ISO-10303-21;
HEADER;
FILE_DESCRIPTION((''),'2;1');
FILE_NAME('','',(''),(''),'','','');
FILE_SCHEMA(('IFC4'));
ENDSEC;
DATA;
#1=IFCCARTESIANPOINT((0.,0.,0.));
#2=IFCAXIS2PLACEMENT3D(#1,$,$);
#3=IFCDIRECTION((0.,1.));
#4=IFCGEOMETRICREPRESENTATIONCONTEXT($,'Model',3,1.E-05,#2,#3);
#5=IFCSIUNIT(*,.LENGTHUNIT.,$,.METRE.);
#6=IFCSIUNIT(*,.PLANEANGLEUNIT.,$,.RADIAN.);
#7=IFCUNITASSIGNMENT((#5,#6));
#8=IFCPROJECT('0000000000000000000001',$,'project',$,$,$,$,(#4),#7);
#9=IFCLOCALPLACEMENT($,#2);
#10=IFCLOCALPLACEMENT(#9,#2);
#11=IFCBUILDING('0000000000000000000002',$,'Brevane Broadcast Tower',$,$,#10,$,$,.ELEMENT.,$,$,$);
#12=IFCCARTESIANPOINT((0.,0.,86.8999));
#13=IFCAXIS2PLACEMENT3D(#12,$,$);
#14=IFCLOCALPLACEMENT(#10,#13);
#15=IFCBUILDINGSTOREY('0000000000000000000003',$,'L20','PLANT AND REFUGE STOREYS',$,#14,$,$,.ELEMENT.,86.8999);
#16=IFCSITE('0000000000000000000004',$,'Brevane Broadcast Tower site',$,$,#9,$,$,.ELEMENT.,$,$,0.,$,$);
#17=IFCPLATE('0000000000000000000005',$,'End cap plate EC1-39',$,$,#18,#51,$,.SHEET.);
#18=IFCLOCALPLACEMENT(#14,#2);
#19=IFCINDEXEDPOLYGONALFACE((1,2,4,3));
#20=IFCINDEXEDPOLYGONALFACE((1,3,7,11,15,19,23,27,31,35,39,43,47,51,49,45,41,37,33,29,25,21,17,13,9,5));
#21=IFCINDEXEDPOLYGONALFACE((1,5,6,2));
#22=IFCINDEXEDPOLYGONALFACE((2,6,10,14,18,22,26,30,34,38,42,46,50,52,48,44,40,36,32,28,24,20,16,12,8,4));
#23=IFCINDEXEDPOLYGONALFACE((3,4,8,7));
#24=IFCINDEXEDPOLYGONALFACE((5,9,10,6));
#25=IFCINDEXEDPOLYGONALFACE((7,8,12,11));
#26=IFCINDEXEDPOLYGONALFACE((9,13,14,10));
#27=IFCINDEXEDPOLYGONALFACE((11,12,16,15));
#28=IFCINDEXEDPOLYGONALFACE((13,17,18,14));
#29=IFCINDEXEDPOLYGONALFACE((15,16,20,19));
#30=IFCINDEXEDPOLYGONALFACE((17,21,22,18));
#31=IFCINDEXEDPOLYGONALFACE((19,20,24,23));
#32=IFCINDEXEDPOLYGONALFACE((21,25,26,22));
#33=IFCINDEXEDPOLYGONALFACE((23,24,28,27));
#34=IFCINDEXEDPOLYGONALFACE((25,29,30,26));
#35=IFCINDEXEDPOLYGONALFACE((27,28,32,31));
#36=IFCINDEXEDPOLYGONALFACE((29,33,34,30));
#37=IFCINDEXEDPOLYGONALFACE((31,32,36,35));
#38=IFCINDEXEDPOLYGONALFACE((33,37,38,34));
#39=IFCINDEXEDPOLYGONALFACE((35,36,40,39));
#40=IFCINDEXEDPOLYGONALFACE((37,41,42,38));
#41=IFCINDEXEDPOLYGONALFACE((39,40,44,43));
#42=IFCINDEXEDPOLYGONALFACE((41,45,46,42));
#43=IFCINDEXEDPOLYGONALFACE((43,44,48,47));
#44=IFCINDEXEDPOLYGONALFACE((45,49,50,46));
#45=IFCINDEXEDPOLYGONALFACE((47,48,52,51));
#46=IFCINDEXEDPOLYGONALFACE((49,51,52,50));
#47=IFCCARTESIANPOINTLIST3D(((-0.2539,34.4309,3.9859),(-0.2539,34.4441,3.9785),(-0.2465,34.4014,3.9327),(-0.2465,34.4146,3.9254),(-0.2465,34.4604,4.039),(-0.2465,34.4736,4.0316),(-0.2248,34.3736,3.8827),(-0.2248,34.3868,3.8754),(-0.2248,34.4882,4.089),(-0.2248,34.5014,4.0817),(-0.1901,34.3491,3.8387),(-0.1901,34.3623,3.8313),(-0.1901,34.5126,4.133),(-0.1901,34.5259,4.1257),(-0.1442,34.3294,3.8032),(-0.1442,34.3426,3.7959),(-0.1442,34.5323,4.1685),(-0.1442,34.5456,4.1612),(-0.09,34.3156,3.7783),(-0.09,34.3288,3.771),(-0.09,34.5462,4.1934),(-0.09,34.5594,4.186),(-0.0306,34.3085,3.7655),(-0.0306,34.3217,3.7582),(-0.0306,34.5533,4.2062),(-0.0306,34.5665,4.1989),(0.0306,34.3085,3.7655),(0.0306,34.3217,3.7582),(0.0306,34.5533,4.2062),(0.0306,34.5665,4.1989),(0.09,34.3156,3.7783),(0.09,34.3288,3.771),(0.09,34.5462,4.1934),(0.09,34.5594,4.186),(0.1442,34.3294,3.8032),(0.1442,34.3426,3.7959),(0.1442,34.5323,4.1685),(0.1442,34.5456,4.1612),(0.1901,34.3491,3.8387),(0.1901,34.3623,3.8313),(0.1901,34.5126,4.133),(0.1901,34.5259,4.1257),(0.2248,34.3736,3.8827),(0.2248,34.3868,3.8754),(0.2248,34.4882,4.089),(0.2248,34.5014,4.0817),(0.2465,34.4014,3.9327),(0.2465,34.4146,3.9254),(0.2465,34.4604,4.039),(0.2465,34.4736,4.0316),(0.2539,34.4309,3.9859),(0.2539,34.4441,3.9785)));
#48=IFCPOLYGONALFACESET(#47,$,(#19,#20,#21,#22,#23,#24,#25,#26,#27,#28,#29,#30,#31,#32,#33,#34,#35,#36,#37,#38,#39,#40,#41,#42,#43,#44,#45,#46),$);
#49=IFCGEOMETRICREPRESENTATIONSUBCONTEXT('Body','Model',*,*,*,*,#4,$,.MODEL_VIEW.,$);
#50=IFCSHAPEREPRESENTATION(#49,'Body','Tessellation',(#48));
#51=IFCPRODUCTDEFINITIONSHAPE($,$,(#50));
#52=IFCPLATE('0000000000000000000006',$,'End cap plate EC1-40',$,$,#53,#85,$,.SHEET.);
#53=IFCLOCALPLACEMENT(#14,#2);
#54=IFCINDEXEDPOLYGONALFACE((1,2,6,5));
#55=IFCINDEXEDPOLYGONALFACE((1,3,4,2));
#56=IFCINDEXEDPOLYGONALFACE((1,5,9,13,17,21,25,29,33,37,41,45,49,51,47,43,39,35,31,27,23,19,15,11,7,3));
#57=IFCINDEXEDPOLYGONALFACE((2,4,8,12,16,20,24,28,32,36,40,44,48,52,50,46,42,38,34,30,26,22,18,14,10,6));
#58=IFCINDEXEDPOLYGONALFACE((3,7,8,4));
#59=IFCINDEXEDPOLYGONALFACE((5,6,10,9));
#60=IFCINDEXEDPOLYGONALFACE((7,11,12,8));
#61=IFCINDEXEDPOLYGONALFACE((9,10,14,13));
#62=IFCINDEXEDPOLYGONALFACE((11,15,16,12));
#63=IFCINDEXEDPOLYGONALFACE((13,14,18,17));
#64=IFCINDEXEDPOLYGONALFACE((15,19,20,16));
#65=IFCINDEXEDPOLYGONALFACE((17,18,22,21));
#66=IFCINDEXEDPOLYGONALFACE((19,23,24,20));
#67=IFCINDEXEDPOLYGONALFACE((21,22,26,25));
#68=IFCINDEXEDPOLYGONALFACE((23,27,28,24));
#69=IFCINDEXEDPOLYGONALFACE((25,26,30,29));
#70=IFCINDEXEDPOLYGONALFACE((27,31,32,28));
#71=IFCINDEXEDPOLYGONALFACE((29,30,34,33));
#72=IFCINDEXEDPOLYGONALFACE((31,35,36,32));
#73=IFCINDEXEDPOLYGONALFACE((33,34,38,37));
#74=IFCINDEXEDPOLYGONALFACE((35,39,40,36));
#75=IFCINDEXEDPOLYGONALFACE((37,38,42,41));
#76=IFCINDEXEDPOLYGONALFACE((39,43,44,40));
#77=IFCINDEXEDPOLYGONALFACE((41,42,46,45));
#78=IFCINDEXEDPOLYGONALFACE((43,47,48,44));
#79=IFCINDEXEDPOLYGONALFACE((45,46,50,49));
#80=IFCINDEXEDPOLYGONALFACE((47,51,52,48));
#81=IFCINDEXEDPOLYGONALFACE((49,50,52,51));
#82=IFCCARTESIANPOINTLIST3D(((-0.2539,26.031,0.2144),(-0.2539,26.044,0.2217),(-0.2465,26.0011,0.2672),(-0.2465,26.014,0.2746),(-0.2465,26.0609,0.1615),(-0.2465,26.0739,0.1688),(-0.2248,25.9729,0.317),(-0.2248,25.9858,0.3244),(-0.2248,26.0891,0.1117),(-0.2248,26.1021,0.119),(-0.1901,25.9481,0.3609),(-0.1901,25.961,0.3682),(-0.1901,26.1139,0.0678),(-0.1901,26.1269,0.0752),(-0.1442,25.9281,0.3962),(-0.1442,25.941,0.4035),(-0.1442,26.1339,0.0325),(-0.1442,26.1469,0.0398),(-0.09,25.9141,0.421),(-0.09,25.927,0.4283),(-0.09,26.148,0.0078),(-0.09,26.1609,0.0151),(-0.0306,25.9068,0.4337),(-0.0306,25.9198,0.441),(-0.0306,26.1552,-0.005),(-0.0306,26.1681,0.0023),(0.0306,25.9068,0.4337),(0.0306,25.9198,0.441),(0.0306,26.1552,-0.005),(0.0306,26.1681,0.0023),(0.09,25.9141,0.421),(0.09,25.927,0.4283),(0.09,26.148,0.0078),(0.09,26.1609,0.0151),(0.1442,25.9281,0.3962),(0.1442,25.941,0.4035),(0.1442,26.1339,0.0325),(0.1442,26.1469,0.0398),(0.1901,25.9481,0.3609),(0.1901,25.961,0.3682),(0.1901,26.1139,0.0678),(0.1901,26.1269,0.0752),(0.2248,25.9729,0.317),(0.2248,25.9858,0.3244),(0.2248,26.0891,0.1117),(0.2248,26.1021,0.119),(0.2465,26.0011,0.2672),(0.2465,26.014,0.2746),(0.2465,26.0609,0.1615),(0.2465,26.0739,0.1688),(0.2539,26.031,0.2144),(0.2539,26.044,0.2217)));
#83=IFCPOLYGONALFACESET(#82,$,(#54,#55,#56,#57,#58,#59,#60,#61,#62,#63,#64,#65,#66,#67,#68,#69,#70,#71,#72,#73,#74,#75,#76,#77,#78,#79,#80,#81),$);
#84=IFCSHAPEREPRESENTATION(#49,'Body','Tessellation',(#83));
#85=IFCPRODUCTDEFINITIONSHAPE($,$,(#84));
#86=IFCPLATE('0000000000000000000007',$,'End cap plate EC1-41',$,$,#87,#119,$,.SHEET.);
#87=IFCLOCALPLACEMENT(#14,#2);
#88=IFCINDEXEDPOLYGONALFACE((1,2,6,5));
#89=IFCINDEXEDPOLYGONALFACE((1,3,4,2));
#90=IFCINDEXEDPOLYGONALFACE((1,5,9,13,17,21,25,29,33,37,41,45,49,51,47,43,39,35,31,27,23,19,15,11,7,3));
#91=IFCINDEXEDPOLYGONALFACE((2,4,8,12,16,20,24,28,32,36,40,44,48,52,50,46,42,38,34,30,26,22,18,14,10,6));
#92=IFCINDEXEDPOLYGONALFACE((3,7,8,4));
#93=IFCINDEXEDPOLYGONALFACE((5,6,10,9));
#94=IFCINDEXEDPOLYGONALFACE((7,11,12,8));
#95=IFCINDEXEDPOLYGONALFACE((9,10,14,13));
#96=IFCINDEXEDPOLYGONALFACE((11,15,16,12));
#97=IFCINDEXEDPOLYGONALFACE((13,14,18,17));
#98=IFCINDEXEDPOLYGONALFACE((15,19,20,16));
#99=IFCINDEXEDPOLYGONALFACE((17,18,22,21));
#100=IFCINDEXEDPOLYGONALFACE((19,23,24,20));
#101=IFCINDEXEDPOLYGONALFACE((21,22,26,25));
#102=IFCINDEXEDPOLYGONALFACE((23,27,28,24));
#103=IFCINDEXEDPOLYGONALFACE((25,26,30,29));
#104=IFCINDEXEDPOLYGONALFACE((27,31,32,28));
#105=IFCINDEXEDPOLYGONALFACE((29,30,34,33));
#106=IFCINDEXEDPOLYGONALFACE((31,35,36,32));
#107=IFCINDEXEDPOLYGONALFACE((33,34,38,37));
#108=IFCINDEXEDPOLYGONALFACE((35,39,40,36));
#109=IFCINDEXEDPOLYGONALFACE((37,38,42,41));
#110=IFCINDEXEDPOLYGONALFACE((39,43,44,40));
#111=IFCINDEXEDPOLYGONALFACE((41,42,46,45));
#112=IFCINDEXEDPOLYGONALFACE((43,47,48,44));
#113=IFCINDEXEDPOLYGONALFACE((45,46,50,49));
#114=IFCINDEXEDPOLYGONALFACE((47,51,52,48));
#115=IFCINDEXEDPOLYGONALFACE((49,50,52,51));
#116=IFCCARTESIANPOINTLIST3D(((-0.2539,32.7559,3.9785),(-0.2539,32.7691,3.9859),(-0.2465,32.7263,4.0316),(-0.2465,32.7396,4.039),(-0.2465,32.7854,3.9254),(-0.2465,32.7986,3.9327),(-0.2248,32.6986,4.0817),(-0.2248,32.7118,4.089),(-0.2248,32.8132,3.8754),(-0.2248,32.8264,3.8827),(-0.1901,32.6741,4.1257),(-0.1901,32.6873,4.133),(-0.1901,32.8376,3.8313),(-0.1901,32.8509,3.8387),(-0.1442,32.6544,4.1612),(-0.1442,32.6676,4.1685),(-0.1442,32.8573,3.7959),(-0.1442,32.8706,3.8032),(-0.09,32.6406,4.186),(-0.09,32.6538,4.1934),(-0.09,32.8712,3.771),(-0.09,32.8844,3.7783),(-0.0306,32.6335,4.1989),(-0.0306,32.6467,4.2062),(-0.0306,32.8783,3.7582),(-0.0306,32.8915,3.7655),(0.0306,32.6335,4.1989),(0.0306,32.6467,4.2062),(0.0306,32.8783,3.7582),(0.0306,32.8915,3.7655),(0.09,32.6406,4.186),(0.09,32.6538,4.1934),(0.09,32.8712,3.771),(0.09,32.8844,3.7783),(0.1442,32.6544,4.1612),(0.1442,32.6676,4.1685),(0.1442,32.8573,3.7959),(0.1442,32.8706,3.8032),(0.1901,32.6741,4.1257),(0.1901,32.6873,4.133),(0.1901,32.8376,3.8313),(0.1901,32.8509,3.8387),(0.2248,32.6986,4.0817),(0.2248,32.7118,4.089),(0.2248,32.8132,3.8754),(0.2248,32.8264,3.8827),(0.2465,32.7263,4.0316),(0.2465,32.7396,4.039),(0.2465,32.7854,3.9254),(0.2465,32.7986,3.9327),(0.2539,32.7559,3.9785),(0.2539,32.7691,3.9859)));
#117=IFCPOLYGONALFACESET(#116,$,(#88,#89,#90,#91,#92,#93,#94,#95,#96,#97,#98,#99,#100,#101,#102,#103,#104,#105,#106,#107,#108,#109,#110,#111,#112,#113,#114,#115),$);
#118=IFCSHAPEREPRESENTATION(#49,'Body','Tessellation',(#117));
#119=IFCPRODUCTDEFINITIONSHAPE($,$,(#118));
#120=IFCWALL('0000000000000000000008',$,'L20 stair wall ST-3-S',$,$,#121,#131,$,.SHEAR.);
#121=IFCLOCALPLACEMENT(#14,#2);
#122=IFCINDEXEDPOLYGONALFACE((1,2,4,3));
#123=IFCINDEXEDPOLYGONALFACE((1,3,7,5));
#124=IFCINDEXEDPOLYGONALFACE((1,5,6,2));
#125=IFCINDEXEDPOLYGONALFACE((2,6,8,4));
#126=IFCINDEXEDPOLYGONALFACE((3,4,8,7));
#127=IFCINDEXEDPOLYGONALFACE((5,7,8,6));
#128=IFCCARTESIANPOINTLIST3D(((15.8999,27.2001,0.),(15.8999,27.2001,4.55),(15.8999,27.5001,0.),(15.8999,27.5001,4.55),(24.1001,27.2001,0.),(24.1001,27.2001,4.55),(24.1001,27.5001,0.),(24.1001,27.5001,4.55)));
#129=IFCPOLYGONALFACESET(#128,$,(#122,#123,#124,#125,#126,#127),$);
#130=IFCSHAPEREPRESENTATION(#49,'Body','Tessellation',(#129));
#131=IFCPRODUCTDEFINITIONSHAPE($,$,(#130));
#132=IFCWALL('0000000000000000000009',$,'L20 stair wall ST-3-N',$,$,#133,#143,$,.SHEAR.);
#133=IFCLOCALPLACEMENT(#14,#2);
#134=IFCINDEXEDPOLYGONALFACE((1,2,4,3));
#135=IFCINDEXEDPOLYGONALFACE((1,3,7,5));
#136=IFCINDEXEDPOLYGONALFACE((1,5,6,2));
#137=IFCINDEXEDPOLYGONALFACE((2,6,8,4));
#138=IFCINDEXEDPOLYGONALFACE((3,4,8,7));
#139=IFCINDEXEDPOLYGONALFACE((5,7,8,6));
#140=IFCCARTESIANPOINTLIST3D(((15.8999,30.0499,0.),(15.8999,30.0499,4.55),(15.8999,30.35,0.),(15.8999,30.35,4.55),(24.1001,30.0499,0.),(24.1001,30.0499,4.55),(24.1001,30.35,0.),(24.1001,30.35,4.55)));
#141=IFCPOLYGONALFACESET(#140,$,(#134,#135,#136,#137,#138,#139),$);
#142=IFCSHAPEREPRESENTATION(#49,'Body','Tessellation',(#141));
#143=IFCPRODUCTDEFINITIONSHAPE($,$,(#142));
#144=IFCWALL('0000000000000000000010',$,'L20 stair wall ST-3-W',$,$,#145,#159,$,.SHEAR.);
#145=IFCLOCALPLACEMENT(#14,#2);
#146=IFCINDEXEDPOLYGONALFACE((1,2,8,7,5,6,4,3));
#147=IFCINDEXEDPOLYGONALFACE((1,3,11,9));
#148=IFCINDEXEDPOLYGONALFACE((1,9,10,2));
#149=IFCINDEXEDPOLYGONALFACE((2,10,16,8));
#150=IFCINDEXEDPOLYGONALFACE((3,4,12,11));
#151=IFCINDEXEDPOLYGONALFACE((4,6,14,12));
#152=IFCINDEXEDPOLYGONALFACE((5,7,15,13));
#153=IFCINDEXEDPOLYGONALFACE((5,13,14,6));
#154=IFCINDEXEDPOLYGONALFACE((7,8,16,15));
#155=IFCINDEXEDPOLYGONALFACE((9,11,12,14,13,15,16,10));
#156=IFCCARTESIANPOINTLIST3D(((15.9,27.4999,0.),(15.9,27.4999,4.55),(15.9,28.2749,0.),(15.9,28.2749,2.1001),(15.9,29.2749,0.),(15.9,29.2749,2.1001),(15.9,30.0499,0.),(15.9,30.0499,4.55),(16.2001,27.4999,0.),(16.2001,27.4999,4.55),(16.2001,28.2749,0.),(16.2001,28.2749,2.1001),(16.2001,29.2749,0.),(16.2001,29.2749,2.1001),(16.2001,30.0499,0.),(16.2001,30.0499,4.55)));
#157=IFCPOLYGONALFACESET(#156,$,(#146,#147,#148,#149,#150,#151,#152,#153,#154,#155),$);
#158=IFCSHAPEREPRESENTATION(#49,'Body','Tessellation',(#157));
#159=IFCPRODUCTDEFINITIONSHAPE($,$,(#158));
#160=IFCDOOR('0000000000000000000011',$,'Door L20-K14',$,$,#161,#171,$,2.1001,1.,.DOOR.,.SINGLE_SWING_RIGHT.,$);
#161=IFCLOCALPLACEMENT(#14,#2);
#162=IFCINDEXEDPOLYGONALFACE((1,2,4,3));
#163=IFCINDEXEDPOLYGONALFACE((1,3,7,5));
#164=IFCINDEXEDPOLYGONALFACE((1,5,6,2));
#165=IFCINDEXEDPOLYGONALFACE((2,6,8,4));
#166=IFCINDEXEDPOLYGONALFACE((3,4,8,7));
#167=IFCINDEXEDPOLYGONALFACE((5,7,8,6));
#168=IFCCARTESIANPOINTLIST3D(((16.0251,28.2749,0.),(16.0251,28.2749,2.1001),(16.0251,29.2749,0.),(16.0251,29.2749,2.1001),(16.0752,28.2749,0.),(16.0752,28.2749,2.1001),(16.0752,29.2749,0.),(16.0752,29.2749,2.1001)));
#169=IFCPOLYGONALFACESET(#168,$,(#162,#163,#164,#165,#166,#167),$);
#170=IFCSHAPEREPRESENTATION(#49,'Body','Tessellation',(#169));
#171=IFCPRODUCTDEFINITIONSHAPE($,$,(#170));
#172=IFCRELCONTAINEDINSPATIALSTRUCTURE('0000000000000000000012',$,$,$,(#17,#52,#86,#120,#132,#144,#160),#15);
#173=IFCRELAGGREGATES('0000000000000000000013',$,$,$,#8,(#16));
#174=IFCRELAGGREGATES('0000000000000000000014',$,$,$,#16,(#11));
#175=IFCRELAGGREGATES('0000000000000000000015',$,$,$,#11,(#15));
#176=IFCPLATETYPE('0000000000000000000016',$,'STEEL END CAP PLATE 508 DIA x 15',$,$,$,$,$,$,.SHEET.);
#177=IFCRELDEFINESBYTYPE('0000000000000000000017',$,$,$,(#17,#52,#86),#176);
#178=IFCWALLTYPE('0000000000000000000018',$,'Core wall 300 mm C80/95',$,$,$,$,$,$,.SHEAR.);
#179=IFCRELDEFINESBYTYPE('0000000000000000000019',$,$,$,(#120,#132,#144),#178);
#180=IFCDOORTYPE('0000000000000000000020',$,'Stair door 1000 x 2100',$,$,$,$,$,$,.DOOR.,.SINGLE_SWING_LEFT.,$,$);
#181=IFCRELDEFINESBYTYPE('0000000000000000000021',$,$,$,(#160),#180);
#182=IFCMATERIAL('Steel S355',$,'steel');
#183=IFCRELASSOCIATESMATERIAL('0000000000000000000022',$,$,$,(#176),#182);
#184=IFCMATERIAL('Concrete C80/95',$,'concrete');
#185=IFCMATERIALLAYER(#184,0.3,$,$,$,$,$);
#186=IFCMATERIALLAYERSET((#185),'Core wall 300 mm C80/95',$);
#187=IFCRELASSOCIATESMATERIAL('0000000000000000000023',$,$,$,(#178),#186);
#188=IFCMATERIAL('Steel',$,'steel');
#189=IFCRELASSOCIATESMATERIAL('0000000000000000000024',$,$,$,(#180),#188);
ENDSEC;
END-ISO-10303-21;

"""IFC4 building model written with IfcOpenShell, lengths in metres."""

from ifc_helpers import new_model, si_unit, direction, frame, frame_2d, origin, origin_2d, place, context, subcontext, project, spatial, rectangle, circle, extrude, material, layer, layer_set, material_profile, profile_set, type_object, element, fill, save


model = new_model("IFC4")

# Units and contexts
model_context = context("Model", 3, precision=1e-05, world=origin(), true_north=direction((0.0, 1.0)))
body_context = subcontext(model_context, "Body", "Model", "MODEL_VIEW")
ifc_project = project(units=[si_unit("LENGTHUNIT", "METRE"), si_unit("PLANEANGLEUNIT", "RADIAN")], contexts=[model_context])

# Site, building, storey
site_placement = place(None, origin())
site = spatial("IfcSite", under=ifc_project, at=site_placement, Name="Brevane Broadcast Tower site", CompositionType="ELEMENT", RefElevation=0.0)
building_placement = place(site_placement, origin())
building = spatial("IfcBuilding", under=site, at=building_placement, Name="Brevane Broadcast Tower", CompositionType="ELEMENT")
storey_placement = place(building_placement, frame((0.0, 0.0, 86.8999)))
storey = spatial("IfcBuildingStorey", under=building, at=storey_placement, Name="L20", Description="PLANT AND REFUGE STOREYS", CompositionType="ELEMENT", Elevation=86.8999)

# Shared definitions
ifc_material_1 = material(Name="Concrete C80/95", Category="concrete")

# Shared definitions
ifc_material_2 = material(Name="Steel S355", Category="steel")

# Plates
ifc_material_profile_1 = material_profile(ifc_material_2, circle(Radius=0.2539, at=origin_2d()), Name="PL 508 DIA x 15")
ifc_profile_set_1 = profile_set([ifc_material_profile_1], Name="Steel S355")
plate_type = type_object("IfcPlateType", Name="STEEL END CAP PLATE 508 DIA x 15", PredefinedType="SHEET", material=ifc_profile_set_1)
plate_1_placement = place(storey_placement, frame((0.0, 34.4441, 3.9785), z_axis=(0.0, -0.874157, 0.485643), x_axis=(1.0, 0.0, 0.0)))
element("IfcPlate", 1, at=plate_1_placement, inside=storey, type_object=plate_type, Name="End cap plate EC1-39", PredefinedType="SHEET", context=body_context, shape_type="SweptSolid", body=[
    extrude(circle(Radius=0.2539, at=origin_2d()), origin(), (0.0, 0.0, 1.0), 0.0151),
])
plate_2_placement = place(storey_placement, frame((0.0, 26.031, 0.2144), z_axis=(0.0, 0.870257, 0.492598), x_axis=(-1.0, 0.0, 0.0)))
element("IfcPlate", 2, at=plate_2_placement, inside=storey, type_object=plate_type, Name="End cap plate EC1-40", PredefinedType="SHEET", context=body_context, shape_type="SweptSolid", body=[
    extrude(circle(Radius=0.2539, at=origin_2d()), origin(), (0.0, 0.0, 1.0), 0.0149),
])
plate_3_placement = place(storey_placement, frame((0.0, 32.7559, 3.9785), z_axis=(0.0, 0.874157, 0.485643), x_axis=(-1.0, 0.0, 0.0)))
element("IfcPlate", 3, at=plate_3_placement, inside=storey, type_object=plate_type, Name="End cap plate EC1-41", PredefinedType="SHEET", context=body_context, shape_type="SweptSolid", body=[
    extrude(circle(Radius=0.2539, at=origin_2d()), origin(), (0.0, 0.0, 1.0), 0.0151),
])

# Walls
ifc_layer_1 = layer(ifc_material_1, 0.3)
ifc_layer_set_1 = layer_set([ifc_layer_1], Name="Core wall 300 mm C80/95")
wall_type_1 = type_object("IfcWallType", Name="Core wall 300 mm C80/95", PredefinedType="SHEAR", material=ifc_layer_set_1)
for number, where, z_axis, x_axis, name in (
    (4, (15.8999, 27.3501, 0.0), (0.0, 0.0, 1.0), (1.0, 0.0, 0.0), "L20 stair wall ST-3-S"),
    (5, (15.8999, 30.2, 0.0), (0.0, 0.0, 1.0), (1.0, 0.0, 0.0), "L20 stair wall ST-3-N"),
):
    element("IfcWall", number, at=place(storey_placement, frame(where, z_axis=z_axis, x_axis=x_axis)), inside=storey, type_object=wall_type_1, Name=name, PredefinedType="SHEAR", context=body_context, shape_type="SweptSolid", body=[
        extrude(rectangle(XDim=8.2002, YDim=0.3, at=frame_2d((4.1001, 0.0))), origin(), (0.0, 0.0, 1.0), 4.55),
    ])

# Wall, opening, door
wall_1_placement = place(storey_placement, frame((16.05, 27.5, 0.0), z_axis=(0.0, 0.0, 1.0), x_axis=(0.0, 1.0, 0.0)))
wall_1 = element("IfcWall", 6, at=wall_1_placement, inside=storey, type_object=wall_type_1, Name="L20 stair wall ST-3-W", PredefinedType="SHEAR", context=body_context, shape_type="SweptSolid", body=[
    extrude(rectangle(XDim=2.55, YDim=0.3, at=frame_2d((1.2749, 0.0))), origin(), (0.0, 0.0, 1.0), 4.55),
])
opening_1_placement = place(wall_1_placement, frame((0.7749, 0.0, 0.0)))
opening_1 = element("IfcOpeningElement", 7, at=opening_1_placement, cuts=wall_1, PredefinedType="OPENING", context=body_context, shape_type="SweptSolid", body=[
    extrude(rectangle(XDim=1.0, YDim=2.1001, at=frame_2d((0.5, 1.05))), frame((0.0, 0.1599, 0.0), z_axis=(0.0, -1.0, 0.0), x_axis=(1.0, 0.0, 0.0)), (0.0, 0.0, 1.0), 0.3201),
])
ifc_material_3 = material(Name="Steel", Category="steel")
door_type_1 = type_object("IfcDoorType", Name="Stair door 1000 x 2100", OperationType="SINGLE_SWING_LEFT", PredefinedType="DOOR", material=ifc_material_3)
door_1_placement = place(opening_1_placement, origin())
door_1 = element("IfcDoor", 8, at=door_1_placement, inside=storey, type_object=door_type_1, Name="Door L20-K14", OperationType="SINGLE_SWING_RIGHT", OverallHeight=2.1001, OverallWidth=1.0, PredefinedType="DOOR", context=body_context, shape_type="SweptSolid", body=[
    extrude(rectangle(XDim=1.0, YDim=2.1001, at=frame_2d((0.5, 1.05))), frame((0.0, 0.0249, 0.0), z_axis=(0.0, -1.0, 0.0), x_axis=(1.0, 0.0, 0.0)), (0.0, 0.0, 1.0), 0.05),
])
fill(opening_1, door_1)

save(model, "model.ifc")
